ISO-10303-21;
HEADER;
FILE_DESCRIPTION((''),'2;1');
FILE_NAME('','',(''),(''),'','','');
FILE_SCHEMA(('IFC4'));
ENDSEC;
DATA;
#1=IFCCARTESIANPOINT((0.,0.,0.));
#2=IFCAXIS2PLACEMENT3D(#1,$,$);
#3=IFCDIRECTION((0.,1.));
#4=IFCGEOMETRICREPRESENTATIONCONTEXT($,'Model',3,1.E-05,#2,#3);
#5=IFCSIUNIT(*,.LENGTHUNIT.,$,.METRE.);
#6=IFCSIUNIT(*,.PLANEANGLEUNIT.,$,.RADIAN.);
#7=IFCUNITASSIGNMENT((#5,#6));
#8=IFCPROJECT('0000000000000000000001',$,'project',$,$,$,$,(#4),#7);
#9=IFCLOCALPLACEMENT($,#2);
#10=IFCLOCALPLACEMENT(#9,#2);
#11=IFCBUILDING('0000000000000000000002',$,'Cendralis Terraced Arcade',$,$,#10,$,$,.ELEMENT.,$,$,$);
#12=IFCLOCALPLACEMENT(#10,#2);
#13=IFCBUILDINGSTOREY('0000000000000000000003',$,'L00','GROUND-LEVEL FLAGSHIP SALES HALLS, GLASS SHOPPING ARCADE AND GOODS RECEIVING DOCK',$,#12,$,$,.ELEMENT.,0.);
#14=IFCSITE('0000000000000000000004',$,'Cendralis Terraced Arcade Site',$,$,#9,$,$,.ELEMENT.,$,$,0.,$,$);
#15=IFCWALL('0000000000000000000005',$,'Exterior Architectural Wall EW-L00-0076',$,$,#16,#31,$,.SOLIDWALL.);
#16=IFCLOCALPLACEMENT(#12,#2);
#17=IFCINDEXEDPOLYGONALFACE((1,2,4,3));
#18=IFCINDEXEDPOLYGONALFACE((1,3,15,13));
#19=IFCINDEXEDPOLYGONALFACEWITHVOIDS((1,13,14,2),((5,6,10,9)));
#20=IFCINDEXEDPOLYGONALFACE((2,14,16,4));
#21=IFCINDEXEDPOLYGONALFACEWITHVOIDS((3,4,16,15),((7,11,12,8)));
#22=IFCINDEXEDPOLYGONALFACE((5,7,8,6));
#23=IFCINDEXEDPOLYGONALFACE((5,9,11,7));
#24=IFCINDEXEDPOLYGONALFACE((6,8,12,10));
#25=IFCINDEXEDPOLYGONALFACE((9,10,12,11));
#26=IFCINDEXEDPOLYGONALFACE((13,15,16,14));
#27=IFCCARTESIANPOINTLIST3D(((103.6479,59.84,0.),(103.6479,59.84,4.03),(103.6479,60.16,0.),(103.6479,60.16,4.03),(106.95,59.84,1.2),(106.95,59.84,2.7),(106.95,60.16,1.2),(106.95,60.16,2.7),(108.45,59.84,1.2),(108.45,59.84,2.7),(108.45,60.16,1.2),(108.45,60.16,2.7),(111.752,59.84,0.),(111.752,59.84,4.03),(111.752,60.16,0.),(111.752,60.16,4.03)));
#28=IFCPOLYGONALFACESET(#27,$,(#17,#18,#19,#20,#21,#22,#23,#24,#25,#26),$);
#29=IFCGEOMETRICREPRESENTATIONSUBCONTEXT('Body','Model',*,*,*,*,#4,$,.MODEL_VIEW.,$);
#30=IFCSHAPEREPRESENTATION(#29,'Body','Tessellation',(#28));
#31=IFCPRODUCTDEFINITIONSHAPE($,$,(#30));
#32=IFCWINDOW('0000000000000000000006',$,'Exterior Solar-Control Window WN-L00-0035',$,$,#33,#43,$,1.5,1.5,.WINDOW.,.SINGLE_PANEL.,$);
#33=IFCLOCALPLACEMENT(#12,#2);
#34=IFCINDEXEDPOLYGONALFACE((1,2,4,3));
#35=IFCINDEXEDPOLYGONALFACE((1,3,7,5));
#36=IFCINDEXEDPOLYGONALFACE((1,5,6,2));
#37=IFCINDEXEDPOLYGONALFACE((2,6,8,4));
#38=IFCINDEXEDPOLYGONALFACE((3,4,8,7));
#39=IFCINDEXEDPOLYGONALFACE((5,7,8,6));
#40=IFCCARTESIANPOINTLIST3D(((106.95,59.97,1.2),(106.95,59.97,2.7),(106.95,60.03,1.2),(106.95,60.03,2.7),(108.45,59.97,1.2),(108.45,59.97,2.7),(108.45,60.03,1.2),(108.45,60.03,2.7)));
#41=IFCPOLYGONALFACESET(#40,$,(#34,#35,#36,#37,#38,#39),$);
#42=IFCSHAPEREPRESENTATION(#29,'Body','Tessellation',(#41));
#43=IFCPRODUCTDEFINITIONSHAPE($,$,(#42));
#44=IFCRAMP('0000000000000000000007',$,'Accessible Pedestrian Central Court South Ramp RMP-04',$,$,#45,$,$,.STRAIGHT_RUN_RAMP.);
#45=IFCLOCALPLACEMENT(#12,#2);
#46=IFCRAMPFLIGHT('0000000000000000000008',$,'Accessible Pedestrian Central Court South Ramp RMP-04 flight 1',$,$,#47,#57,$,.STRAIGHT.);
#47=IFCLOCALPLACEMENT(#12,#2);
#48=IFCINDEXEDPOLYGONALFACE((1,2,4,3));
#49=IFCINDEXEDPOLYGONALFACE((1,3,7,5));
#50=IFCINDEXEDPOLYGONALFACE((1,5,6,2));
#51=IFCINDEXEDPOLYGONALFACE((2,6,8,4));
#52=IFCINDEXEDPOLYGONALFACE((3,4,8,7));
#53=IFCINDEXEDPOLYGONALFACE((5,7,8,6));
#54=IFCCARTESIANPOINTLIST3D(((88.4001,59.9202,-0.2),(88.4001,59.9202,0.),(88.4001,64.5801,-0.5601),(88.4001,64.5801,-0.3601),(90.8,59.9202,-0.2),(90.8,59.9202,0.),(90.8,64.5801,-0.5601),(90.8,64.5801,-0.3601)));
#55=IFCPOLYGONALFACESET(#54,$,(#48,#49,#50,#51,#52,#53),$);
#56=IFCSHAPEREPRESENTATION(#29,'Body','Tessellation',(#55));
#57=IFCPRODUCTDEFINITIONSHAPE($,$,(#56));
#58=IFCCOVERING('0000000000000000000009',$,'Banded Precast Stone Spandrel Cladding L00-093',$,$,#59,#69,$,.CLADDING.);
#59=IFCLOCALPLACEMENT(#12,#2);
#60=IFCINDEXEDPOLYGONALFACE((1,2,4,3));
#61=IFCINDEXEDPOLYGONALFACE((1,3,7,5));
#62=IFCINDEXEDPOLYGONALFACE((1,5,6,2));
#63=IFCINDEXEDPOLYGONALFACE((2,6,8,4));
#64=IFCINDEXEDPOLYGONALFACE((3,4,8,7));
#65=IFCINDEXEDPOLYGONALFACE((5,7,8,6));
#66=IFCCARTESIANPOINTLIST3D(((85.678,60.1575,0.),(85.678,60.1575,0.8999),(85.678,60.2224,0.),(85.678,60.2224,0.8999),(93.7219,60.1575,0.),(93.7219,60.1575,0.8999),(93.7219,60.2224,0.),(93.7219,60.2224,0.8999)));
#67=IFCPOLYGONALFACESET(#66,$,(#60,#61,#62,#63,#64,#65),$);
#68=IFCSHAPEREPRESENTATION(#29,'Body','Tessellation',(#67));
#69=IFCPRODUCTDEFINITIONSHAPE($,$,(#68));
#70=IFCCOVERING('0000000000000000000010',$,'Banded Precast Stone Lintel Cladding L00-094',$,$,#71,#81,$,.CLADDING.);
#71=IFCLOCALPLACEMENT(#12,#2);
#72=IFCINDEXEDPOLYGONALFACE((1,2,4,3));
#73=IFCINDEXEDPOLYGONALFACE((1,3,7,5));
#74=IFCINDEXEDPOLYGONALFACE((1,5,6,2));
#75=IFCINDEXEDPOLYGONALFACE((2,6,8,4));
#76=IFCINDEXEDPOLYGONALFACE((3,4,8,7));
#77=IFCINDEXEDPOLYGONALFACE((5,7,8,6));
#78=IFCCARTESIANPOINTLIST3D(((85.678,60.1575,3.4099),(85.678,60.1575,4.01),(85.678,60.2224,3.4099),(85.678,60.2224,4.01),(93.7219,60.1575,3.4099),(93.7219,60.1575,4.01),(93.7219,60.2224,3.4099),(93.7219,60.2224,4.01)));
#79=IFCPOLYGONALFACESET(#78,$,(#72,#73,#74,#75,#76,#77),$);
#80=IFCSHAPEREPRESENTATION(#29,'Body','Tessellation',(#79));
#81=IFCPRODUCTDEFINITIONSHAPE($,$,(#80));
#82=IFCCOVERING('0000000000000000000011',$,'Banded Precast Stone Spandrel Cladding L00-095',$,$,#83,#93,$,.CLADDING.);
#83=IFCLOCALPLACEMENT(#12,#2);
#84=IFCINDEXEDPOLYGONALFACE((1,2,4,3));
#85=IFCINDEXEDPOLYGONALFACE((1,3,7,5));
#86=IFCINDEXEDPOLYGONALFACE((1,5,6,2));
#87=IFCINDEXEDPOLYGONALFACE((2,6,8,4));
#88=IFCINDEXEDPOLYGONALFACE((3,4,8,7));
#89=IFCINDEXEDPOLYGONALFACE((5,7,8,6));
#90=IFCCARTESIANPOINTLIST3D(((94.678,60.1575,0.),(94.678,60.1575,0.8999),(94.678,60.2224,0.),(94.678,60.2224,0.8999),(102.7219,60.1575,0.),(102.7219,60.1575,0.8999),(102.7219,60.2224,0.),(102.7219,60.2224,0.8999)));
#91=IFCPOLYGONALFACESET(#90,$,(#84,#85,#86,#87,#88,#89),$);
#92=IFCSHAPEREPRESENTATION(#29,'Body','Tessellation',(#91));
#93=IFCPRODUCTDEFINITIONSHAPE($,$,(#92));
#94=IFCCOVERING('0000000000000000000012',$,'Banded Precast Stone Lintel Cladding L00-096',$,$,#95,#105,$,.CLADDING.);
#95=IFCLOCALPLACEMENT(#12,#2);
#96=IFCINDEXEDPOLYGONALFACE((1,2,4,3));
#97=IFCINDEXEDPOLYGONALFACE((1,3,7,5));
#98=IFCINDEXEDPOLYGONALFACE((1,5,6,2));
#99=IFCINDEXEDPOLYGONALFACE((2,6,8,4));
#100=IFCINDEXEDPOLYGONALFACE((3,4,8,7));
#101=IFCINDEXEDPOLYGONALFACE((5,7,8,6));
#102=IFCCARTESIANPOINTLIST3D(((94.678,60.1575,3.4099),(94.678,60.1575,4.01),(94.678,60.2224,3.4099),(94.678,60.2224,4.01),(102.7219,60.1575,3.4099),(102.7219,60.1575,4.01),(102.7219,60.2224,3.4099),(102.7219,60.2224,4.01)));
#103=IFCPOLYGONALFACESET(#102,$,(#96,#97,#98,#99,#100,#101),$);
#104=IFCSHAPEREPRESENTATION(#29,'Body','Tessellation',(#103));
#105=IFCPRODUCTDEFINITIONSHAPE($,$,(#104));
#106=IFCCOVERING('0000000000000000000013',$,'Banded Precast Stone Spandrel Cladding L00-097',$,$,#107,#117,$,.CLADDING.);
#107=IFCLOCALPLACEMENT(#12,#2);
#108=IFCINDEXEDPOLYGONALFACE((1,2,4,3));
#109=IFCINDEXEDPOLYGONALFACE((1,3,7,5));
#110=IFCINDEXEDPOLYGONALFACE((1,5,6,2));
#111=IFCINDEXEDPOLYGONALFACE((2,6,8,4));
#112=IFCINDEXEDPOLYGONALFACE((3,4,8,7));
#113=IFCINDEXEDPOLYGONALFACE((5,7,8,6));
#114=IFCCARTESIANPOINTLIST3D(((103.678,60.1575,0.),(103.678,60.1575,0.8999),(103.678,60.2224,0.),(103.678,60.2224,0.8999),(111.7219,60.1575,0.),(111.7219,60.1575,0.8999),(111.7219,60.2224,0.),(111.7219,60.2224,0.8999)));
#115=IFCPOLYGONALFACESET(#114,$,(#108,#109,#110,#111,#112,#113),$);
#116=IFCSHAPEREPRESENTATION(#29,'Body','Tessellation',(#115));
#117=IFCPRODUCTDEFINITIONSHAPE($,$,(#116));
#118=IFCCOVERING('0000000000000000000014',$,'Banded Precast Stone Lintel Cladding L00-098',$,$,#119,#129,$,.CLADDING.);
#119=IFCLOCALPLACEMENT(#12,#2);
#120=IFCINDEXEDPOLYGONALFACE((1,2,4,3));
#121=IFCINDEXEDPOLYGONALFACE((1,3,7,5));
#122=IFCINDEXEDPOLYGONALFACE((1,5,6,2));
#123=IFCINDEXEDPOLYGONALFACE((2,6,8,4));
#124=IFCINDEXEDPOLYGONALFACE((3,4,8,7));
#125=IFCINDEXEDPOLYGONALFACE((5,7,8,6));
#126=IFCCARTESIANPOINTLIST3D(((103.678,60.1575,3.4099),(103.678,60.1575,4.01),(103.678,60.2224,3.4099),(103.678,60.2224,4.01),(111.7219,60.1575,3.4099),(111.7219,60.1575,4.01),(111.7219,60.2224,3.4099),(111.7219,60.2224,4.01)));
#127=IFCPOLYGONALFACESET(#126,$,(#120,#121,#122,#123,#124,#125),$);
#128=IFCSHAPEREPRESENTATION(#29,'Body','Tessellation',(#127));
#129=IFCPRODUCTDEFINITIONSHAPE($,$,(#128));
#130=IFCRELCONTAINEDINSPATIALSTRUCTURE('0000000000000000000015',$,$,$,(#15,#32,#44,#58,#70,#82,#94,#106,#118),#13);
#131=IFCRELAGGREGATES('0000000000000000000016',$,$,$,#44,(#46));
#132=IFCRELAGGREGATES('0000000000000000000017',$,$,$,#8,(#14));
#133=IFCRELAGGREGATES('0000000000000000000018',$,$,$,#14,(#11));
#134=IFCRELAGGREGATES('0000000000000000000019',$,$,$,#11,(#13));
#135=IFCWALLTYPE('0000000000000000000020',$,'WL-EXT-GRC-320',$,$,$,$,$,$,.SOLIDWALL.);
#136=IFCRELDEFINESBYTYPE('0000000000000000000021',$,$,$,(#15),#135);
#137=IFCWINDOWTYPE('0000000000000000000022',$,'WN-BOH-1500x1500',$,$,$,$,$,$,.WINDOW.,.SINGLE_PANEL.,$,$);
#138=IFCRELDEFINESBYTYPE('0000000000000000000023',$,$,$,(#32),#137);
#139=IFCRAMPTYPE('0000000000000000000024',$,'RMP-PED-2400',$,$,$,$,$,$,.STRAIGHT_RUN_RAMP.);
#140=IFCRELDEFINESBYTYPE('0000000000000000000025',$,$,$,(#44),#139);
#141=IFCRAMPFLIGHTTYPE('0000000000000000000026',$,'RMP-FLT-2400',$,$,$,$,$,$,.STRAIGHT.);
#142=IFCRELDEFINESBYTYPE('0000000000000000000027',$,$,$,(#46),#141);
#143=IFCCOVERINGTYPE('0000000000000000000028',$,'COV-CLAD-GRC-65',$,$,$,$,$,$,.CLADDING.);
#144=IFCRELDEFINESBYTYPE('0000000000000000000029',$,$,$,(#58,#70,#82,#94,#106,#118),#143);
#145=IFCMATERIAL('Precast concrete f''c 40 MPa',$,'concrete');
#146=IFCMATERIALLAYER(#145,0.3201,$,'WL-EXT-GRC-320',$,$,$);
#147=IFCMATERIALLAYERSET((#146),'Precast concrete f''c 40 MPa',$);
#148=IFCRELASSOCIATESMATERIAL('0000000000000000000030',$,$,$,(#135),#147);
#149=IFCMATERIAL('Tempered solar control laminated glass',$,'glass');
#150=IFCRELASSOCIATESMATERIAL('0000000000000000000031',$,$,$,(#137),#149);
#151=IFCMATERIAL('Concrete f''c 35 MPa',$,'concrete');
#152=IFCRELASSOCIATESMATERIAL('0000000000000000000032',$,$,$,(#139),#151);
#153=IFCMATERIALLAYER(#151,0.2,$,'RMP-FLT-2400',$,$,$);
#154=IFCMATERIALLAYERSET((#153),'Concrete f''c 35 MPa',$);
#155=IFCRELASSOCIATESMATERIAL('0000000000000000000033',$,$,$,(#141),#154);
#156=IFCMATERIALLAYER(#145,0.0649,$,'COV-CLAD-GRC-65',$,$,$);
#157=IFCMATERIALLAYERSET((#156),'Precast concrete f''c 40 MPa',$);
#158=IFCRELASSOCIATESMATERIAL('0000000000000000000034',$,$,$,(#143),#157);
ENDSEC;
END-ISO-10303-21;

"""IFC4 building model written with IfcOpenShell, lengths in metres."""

from ifc_helpers import new_model, si_unit, direction, frame, frame_2d, origin, origin_2d, place, context, subcontext, project, spatial, polyline, rectangle, outline, extrude, material, layer, layer_set, type_object, element, fill, aggregate, save


model = new_model("IFC4")

# Units and contexts
model_context = context("Model", 3, precision=1e-05, world=origin(), true_north=direction((0.0, 1.0)))
body_context = subcontext(model_context, "Body", "Model", "MODEL_VIEW")
ifc_project = project(units=[si_unit("LENGTHUNIT", "METRE"), si_unit("PLANEANGLEUNIT", "RADIAN")], contexts=[model_context])

# Site, building, storey
site_placement = place(None, origin())
site = spatial("IfcSite", under=ifc_project, at=site_placement, Name="Cendralis Terraced Arcade Site", CompositionType="ELEMENT", RefElevation=0.0)
building_placement = place(site_placement, origin())
building = spatial("IfcBuilding", under=site, at=building_placement, Name="Cendralis Terraced Arcade", CompositionType="ELEMENT")
storey_placement = place(building_placement, origin())
storey = spatial("IfcBuildingStorey", under=building, at=storey_placement, Name="L00", Description="GROUND-LEVEL FLAGSHIP SALES HALLS, GLASS SHOPPING ARCADE AND GOODS RECEIVING DOCK", CompositionType="ELEMENT", Elevation=0.0)

# Shared definitions
ifc_material_1 = material(Name="Concrete f'c 35 MPa", Category="concrete")

# Wall, opening, window
ifc_material_2 = material(Name="Precast concrete f'c 40 MPa", Category="concrete")
ifc_layer_1 = layer(ifc_material_2, 0.3201, Name="WL-EXT-GRC-320")
ifc_layer_set_1 = layer_set([ifc_layer_1], Name="Precast concrete f'c 40 MPa")
wall_type = type_object("IfcWallType", Name="WL-EXT-GRC-320", PredefinedType="SOLIDWALL", material=ifc_layer_set_1)
ifc_material_3 = material(Name="Tempered solar control laminated glass", Category="glass")
wall_1_placement = place(storey_placement, frame((103.6479, 60.0, 0.0), z_axis=(0.0, 0.0, 1.0), x_axis=(1.0, 0.0, 0.0)))
wall_1 = element("IfcWall", 1, at=wall_1_placement, inside=storey, type_object=wall_type, Name="Exterior Architectural Wall EW-L00-0076", PredefinedType="SOLIDWALL", context=body_context, shape_type="SweptSolid", body=[
    extrude(rectangle(XDim=8.104, YDim=0.3201, at=frame_2d((4.052, 0.0))), origin(), (0.0, 0.0, 1.0), 4.03),
])
opening_1_placement = place(wall_1_placement, frame((3.302, 0.0, 1.2)))
opening_1 = element("IfcOpeningElement", 2, at=opening_1_placement, cuts=wall_1, PredefinedType="OPENING", context=body_context, shape_type="SweptSolid", body=[
    extrude(rectangle(XDim=1.5, YDim=1.5, at=frame_2d((0.75, 0.75))), frame((0.0, 0.1719, 0.0), z_axis=(0.0, -1.0, 0.0), x_axis=(1.0, 0.0, 0.0)), (0.0, 0.0, 1.0), 0.344),
])
window_type_1 = type_object("IfcWindowType", Name="WN-BOH-1500x1500", PartitioningType="SINGLE_PANEL", PredefinedType="WINDOW", material=ifc_material_3)
window_1_placement = place(opening_1_placement, origin())
window_1 = element("IfcWindow", 3, at=window_1_placement, inside=storey, type_object=window_type_1, Name="Exterior Solar-Control Window WN-L00-0035", OverallHeight=1.5, OverallWidth=1.5, PartitioningType="SINGLE_PANEL", PredefinedType="WINDOW", context=body_context, shape_type="SweptSolid", body=[
    extrude(rectangle(XDim=1.5, YDim=1.5, at=frame_2d((0.75, 0.75))), frame((0.0, 0.03, 0.0), z_axis=(0.0, -1.0, 0.0), x_axis=(1.0, 0.0, 0.0)), (0.0, 0.0, 1.0), 0.0601),
])
fill(opening_1, window_1)

# Ramp, ramp flight
ramp_type = type_object("IfcRampType", Name="RMP-PED-2400", PredefinedType="STRAIGHT_RUN_RAMP", material=ifc_material_1)
ramp_placement = place(storey_placement, origin())
ramp = element("IfcRamp", 4, at=ramp_placement, inside=storey, type_object=ramp_type, Name="Accessible Pedestrian Central Court South Ramp RMP-04", PredefinedType="STRAIGHT_RUN_RAMP")
ifc_layer_2 = layer(ifc_material_1, 0.2, Name="RMP-FLT-2400")
ifc_layer_set_2 = layer_set([ifc_layer_2], Name="Concrete f'c 35 MPa")
ramp_flight_type = type_object("IfcRampFlightType", Name="RMP-FLT-2400", PredefinedType="STRAIGHT", material=ifc_layer_set_2)
ramp_flight_placement = place(storey_placement, frame((89.6001, 64.5801, -0.3601), z_axis=(0.0, 0.0, 1.0), x_axis=(0.0, -1.0, 0.0)))
ramp_flight = element("IfcRampFlight", 5, at=ramp_flight_placement, type_object=ramp_flight_type, Name="Accessible Pedestrian Central Court South Ramp RMP-04 flight 1", PredefinedType="STRAIGHT", context=body_context, shape_type="SweptSolid", body=[
    extrude(outline(polyline([(0.0, -0.2), (4.6599, 0.1602), (4.6599, 0.3601), (0.0, 0.0), (0.0, -0.2)])), frame((0.0, 1.2, 0.0), z_axis=(0.0, -1.0, 0.0), x_axis=(1.0, 0.0, 0.0)), (0.0, 0.0, 1.0), 2.3999),
])
aggregate(ramp, [ramp_flight])

# Coverings
ifc_layer_3 = layer(ifc_material_2, 0.0649, Name="COV-CLAD-GRC-65")
ifc_layer_set_3 = layer_set([ifc_layer_3], Name="Precast concrete f'c 40 MPa")
covering_type = type_object("IfcCoveringType", Name="COV-CLAD-GRC-65", PredefinedType="CLADDING", material=ifc_layer_set_3)
covering_1_placement = place(storey_placement, frame((89.7, 60.1899, 0.0), z_axis=(0.0, 0.0, 1.0), x_axis=(1.0, 0.0, 0.0)))
element("IfcCovering", 6, at=covering_1_placement, inside=storey, type_object=covering_type, Name="Banded Precast Stone Spandrel Cladding L00-093", PredefinedType="CLADDING", context=body_context, shape_type="SweptSolid", body=[
    extrude(rectangle(XDim=8.0439, YDim=0.0649, at=origin_2d()), origin(), (0.0, 0.0, 1.0), 0.8999),
])
covering_2_placement = place(storey_placement, frame((89.7, 60.1899, 3.4099), z_axis=(0.0, 0.0, 1.0), x_axis=(1.0, 0.0, 0.0)))
element("IfcCovering", 7, at=covering_2_placement, inside=storey, type_object=covering_type, Name="Banded Precast Stone Lintel Cladding L00-094", PredefinedType="CLADDING", context=body_context, shape_type="SweptSolid", body=[
    extrude(rectangle(XDim=8.0439, YDim=0.0649, at=origin_2d()), origin(), (0.0, 0.0, 1.0), 0.6001),
])
covering_3_placement = place(storey_placement, frame((98.7, 60.1899, 0.0), z_axis=(0.0, 0.0, 1.0), x_axis=(1.0, 0.0, 0.0)))
element("IfcCovering", 8, at=covering_3_placement, inside=storey, type_object=covering_type, Name="Banded Precast Stone Spandrel Cladding L00-095", PredefinedType="CLADDING", context=body_context, shape_type="SweptSolid", body=[
    extrude(rectangle(XDim=8.0439, YDim=0.0649, at=origin_2d()), origin(), (0.0, 0.0, 1.0), 0.8999),
])
covering_4_placement = place(storey_placement, frame((98.7, 60.1899, 3.4099), z_axis=(0.0, 0.0, 1.0), x_axis=(1.0, 0.0, 0.0)))
element("IfcCovering", 9, at=covering_4_placement, inside=storey, type_object=covering_type, Name="Banded Precast Stone Lintel Cladding L00-096", PredefinedType="CLADDING", context=body_context, shape_type="SweptSolid", body=[
    extrude(rectangle(XDim=8.0439, YDim=0.0649, at=origin_2d()), origin(), (0.0, 0.0, 1.0), 0.6001),
])
covering_5_placement = place(storey_placement, frame((107.7, 60.1899, 0.0), z_axis=(0.0, 0.0, 1.0), x_axis=(1.0, 0.0, 0.0)))
element("IfcCovering", 10, at=covering_5_placement, inside=storey, type_object=covering_type, Name="Banded Precast Stone Spandrel Cladding L00-097", PredefinedType="CLADDING", context=body_context, shape_type="SweptSolid", body=[
    extrude(rectangle(XDim=8.0439, YDim=0.0649, at=origin_2d()), origin(), (0.0, 0.0, 1.0), 0.8999),
])
covering_6_placement = place(storey_placement, frame((107.7, 60.1899, 3.4099), z_axis=(0.0, 0.0, 1.0), x_axis=(1.0, 0.0, 0.0)))
element("IfcCovering", 11, at=covering_6_placement, inside=storey, type_object=covering_type, Name="Banded Precast Stone Lintel Cladding L00-098", PredefinedType="CLADDING", context=body_context, shape_type="SweptSolid", body=[
    extrude(rectangle(XDim=8.0439, YDim=0.0649, at=origin_2d()), origin(), (0.0, 0.0, 1.0), 0.6001),
])

save(model, "model.ifc")
